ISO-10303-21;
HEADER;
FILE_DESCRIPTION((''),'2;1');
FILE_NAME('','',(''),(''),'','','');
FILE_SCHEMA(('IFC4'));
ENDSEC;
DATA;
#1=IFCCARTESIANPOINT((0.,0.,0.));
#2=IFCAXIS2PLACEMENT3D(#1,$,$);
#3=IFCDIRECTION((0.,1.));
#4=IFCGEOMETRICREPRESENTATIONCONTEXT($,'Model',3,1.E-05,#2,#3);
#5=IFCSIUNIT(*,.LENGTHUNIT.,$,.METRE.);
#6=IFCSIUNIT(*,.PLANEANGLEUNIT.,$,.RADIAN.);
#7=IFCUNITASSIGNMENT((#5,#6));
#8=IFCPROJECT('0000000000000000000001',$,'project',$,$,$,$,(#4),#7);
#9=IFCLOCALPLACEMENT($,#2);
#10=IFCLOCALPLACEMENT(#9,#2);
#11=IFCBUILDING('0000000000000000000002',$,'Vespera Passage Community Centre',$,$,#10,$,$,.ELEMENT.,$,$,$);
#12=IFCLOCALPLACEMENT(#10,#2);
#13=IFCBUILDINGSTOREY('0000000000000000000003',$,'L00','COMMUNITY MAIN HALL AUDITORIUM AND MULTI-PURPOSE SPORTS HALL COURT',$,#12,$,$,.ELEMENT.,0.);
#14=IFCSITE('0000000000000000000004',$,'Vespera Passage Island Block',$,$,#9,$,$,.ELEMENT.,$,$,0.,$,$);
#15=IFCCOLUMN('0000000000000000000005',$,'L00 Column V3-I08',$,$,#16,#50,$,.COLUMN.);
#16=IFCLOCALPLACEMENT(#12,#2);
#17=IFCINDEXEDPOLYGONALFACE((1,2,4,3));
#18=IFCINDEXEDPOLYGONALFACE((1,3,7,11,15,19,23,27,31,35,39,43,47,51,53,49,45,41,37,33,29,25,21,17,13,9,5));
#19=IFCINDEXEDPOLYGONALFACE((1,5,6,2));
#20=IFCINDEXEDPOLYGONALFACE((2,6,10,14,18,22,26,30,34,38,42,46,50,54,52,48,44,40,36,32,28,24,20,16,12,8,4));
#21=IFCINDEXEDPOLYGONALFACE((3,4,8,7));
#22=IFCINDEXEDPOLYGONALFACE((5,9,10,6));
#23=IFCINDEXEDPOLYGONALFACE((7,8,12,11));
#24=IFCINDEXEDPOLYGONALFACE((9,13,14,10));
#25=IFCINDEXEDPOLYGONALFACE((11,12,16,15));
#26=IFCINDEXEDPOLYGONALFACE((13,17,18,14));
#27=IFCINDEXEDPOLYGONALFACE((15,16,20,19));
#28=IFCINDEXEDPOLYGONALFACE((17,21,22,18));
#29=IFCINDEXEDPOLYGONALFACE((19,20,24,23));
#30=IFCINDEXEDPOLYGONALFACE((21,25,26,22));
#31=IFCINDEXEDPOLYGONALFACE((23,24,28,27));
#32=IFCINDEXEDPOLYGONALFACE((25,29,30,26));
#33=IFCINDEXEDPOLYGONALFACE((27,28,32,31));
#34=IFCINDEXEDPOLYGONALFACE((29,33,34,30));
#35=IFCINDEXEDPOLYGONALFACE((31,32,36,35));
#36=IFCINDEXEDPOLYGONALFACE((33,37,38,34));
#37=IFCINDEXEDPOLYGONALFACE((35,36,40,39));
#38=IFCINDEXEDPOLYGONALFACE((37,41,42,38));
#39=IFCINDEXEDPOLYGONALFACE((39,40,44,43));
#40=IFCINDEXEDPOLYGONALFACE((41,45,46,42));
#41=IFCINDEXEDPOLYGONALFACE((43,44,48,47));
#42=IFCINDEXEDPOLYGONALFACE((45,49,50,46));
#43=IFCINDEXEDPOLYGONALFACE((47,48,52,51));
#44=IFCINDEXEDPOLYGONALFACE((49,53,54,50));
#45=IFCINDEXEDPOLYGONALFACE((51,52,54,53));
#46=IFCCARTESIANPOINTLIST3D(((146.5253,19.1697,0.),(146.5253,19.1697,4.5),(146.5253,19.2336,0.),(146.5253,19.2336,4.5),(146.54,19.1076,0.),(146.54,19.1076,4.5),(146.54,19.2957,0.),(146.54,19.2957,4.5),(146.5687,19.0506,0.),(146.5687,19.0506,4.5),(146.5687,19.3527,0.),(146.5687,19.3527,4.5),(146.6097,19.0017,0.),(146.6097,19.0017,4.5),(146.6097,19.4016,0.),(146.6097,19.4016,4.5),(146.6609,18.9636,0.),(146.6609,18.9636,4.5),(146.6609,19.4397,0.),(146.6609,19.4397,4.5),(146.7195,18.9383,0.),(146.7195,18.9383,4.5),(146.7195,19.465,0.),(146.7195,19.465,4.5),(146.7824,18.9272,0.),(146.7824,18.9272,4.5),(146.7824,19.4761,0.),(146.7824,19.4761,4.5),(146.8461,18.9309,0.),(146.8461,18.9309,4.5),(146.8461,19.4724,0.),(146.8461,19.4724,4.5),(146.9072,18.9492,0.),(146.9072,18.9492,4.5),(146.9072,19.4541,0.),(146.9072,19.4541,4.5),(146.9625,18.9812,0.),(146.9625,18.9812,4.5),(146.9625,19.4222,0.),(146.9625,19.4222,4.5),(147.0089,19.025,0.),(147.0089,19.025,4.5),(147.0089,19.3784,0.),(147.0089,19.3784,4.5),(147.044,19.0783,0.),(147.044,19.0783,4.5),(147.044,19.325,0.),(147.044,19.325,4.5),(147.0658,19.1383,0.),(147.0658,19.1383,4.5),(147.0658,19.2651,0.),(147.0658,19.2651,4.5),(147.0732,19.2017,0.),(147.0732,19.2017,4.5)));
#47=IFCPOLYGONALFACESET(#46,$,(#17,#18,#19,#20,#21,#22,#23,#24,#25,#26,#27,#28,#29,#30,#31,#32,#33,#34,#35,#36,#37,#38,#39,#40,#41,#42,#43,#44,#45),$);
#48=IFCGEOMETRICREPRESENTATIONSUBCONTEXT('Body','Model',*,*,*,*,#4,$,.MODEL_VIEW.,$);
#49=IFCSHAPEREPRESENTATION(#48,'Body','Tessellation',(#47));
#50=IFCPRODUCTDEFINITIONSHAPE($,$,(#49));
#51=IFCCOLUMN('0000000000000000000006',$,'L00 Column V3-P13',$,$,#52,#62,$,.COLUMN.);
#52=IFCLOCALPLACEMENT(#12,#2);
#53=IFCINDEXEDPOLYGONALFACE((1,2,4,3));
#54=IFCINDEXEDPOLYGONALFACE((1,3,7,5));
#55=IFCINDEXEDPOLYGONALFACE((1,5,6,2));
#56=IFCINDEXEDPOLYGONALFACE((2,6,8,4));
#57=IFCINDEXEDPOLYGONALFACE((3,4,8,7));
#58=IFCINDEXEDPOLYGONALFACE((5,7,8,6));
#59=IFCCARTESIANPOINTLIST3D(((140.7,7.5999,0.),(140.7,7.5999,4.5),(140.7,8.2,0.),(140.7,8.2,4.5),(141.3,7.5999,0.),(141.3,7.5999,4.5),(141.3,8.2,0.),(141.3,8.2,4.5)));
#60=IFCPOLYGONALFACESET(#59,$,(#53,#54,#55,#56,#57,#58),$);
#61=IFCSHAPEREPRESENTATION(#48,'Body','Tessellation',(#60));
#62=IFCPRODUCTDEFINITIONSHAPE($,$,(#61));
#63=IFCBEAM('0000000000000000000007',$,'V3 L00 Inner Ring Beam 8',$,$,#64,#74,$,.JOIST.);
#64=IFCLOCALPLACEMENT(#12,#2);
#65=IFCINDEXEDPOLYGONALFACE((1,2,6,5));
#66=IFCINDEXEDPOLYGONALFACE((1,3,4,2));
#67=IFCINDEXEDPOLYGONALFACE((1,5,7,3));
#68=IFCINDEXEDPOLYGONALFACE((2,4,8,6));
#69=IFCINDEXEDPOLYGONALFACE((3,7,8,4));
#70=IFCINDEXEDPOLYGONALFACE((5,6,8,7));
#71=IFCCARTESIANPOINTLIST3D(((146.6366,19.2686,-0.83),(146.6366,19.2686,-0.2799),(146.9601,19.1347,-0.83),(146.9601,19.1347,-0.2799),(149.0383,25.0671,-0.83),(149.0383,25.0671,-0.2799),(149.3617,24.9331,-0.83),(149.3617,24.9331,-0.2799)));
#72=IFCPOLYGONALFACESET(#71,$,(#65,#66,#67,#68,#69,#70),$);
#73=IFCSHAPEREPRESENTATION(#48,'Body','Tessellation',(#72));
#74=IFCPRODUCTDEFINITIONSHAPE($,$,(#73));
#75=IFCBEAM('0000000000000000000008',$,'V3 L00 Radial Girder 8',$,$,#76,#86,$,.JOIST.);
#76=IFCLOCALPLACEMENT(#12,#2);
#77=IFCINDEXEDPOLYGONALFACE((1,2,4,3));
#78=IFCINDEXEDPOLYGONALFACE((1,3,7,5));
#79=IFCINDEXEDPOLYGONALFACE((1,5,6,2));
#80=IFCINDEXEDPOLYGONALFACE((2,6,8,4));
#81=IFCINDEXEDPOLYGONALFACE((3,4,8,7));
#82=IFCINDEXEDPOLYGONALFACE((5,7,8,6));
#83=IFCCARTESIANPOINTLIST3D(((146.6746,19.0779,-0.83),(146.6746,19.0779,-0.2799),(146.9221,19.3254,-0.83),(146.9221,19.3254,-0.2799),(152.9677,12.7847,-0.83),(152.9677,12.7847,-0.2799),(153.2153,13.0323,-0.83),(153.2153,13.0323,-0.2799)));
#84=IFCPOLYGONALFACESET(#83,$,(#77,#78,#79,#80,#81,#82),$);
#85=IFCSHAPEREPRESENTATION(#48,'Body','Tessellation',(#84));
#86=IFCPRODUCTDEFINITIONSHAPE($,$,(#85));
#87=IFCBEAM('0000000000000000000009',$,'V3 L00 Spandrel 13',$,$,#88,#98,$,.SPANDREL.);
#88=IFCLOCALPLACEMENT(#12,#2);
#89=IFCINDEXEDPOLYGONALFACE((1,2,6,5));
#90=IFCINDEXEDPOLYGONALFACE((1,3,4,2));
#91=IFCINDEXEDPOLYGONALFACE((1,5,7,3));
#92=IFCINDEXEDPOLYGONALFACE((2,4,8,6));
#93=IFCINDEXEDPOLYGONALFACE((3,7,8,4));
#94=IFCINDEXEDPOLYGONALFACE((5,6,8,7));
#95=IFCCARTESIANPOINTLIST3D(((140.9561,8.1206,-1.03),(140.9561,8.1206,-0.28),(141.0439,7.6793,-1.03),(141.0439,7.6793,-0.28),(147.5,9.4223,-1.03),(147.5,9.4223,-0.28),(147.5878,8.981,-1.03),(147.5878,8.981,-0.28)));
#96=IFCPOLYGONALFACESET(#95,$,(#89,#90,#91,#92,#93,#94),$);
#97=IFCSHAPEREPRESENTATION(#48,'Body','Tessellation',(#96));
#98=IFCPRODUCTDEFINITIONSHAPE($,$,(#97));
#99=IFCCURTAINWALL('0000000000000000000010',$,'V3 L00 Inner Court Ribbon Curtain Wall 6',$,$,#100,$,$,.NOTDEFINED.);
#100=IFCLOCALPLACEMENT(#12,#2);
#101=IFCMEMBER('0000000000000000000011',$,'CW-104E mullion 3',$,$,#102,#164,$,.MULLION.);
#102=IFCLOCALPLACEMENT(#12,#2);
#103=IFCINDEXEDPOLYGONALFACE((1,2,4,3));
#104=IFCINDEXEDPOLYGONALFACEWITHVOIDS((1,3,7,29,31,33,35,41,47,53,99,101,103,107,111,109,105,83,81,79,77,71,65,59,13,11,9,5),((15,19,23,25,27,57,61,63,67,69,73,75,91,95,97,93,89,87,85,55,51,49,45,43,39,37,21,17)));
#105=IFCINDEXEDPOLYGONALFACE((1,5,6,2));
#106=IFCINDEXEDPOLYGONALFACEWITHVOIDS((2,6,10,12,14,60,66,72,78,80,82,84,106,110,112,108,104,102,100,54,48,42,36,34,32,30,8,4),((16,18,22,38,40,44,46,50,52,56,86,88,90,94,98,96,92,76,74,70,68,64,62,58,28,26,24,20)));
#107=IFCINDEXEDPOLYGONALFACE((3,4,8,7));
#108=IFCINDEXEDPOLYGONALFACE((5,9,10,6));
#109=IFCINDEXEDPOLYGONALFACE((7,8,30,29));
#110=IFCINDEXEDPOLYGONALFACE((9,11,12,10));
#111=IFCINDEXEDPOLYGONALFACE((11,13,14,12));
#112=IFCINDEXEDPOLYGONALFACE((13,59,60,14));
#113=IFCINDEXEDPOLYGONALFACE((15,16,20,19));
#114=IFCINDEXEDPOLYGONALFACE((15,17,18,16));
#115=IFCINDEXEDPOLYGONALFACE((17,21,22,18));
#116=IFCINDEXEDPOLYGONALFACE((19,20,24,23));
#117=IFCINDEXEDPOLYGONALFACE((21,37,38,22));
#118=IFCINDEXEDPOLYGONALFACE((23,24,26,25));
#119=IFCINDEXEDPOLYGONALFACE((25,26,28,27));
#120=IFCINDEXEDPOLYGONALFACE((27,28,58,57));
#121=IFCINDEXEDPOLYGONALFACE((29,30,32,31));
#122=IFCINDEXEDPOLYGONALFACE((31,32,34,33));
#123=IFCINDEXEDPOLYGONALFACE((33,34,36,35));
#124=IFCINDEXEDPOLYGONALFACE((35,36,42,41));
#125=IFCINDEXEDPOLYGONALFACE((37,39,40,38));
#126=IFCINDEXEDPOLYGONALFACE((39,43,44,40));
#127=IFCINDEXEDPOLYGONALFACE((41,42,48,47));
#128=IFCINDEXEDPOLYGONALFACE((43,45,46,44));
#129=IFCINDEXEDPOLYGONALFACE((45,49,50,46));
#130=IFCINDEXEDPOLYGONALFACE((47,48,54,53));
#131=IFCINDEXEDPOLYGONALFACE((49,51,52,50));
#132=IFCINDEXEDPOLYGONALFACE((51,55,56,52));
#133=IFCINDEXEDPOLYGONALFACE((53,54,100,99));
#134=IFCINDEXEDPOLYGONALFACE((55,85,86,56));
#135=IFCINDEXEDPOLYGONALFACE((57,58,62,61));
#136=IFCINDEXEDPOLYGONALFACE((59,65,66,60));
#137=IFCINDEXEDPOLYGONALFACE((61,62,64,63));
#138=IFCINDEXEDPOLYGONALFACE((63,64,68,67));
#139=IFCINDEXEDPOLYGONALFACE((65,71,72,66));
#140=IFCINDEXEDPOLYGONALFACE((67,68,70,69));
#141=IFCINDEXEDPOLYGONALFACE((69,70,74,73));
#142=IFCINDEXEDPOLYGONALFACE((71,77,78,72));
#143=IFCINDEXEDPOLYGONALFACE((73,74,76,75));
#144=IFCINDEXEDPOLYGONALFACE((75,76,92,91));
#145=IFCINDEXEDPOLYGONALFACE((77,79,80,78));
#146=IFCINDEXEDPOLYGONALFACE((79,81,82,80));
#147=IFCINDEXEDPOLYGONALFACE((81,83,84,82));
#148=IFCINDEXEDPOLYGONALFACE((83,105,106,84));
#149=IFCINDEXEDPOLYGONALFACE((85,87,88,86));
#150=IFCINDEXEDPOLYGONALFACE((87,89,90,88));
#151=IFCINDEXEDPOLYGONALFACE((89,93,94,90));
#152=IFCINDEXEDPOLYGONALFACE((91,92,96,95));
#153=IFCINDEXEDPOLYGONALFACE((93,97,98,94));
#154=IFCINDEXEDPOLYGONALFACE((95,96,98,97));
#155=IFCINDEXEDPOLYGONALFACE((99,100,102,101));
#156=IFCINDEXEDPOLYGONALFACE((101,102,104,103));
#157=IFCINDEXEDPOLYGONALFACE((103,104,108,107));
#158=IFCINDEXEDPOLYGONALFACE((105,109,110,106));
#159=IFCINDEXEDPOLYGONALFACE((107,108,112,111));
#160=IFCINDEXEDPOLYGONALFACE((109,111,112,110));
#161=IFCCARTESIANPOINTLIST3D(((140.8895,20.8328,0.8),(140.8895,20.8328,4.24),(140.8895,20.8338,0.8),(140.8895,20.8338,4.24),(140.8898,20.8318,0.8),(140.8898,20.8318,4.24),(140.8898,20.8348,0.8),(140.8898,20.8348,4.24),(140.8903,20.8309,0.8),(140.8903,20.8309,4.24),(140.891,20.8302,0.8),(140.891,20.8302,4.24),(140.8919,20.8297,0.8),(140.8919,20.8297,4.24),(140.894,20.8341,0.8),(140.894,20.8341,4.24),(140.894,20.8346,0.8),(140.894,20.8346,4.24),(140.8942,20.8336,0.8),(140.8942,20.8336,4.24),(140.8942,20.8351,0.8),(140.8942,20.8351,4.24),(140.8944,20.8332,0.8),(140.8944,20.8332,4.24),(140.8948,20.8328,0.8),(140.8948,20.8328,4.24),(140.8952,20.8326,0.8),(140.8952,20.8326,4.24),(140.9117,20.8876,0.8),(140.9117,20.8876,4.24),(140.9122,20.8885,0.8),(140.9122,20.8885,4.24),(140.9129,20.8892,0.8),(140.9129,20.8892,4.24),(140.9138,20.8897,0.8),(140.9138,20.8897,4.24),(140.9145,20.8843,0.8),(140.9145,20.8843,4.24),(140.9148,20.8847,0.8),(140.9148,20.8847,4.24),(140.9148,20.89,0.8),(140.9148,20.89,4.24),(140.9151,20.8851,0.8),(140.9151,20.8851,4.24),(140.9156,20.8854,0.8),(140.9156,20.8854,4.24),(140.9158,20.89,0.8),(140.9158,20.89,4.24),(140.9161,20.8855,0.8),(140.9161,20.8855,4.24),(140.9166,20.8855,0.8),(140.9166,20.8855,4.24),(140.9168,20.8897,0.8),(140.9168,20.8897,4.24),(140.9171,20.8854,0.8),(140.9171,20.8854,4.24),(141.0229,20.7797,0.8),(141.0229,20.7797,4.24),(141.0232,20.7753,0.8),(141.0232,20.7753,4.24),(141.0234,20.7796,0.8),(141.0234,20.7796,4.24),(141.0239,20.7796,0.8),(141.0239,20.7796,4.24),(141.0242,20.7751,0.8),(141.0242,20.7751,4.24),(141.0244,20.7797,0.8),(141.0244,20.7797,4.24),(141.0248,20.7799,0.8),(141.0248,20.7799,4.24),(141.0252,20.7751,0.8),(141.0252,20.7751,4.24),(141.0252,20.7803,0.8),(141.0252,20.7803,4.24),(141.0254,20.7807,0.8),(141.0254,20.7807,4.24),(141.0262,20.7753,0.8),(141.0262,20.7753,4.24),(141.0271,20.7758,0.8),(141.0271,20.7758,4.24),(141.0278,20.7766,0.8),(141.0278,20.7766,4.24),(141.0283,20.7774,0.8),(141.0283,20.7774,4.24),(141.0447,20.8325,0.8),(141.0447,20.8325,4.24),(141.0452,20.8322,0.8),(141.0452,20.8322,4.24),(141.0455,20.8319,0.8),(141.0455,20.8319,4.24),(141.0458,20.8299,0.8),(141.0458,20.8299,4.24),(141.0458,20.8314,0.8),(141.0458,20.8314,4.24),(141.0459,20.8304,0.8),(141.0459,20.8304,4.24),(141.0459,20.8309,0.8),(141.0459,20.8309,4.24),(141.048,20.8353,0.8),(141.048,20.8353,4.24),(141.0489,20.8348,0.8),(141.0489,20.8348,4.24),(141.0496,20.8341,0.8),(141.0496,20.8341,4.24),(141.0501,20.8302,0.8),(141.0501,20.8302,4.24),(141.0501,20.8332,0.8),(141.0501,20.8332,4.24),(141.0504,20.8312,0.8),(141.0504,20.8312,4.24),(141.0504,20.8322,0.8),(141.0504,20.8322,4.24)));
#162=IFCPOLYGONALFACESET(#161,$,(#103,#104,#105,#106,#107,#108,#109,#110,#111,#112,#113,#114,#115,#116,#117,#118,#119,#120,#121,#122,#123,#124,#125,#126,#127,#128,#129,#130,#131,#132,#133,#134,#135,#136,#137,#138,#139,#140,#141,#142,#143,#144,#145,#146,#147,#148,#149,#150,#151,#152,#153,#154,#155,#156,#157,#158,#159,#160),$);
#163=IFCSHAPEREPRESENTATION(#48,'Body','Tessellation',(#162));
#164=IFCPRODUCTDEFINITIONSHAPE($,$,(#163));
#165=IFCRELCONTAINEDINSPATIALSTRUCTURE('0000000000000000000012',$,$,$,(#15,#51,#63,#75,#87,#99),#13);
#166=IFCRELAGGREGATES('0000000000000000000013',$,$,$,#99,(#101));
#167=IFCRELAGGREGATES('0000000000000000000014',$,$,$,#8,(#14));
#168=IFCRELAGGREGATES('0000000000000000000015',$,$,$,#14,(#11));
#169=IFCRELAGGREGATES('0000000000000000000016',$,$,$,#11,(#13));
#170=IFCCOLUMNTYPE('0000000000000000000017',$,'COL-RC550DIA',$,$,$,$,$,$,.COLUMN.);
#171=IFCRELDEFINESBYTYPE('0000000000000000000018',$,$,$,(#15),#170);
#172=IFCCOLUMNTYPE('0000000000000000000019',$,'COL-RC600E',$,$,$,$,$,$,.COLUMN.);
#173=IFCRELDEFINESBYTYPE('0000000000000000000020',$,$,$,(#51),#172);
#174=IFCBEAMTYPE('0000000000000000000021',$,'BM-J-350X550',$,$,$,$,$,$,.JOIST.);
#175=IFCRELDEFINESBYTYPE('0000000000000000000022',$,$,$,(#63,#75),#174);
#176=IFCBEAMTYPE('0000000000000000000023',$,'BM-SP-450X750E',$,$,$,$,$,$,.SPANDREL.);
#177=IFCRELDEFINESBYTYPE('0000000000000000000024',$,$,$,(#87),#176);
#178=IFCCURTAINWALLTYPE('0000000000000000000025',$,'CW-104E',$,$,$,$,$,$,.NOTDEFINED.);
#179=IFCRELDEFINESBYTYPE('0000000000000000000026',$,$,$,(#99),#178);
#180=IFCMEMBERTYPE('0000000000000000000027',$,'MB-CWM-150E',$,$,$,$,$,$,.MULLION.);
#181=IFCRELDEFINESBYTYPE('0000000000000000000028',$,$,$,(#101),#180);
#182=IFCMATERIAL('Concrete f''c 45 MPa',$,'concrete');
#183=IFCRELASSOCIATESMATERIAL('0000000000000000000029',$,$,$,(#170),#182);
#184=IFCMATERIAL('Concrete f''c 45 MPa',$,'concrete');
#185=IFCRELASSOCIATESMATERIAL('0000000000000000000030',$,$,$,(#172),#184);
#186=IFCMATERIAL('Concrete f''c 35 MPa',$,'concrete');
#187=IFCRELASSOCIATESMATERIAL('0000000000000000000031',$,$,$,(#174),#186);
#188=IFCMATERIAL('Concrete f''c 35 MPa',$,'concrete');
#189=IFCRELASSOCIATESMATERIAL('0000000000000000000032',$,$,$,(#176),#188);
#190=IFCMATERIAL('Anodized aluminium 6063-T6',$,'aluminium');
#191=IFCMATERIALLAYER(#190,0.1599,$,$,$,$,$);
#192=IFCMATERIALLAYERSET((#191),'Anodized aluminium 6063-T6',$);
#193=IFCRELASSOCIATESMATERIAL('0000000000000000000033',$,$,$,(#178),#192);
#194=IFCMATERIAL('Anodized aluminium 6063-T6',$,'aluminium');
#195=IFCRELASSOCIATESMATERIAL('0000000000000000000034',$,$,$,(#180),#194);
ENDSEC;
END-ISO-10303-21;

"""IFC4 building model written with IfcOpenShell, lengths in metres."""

from ifc_helpers import new_model, si_unit, direction, frame, origin, origin_2d, place, context, subcontext, project, spatial, rectangle, hollow_rectangle, circle, extrude, material, layer, layer_set, material_profile, profile_set, type_object, element, aggregate, save


model = new_model("IFC4")

# Units and contexts
model_context = context("Model", 3, precision=1e-05, world=origin(), true_north=direction((0.0, 1.0)))
body_context = subcontext(model_context, "Body", "Model", "MODEL_VIEW")
ifc_project = project(units=[si_unit("LENGTHUNIT", "METRE"), si_unit("PLANEANGLEUNIT", "RADIAN")], contexts=[model_context])

# Site, building, storey
site_placement = place(None, origin())
site = spatial("IfcSite", under=ifc_project, at=site_placement, Name="Vespera Passage Island Block", CompositionType="ELEMENT", RefElevation=0.0)
building_placement = place(site_placement, origin())
building = spatial("IfcBuilding", under=site, at=building_placement, Name="Vespera Passage Community Centre", CompositionType="ELEMENT")
storey_placement = place(building_placement, origin())
storey = spatial("IfcBuildingStorey", under=building, at=storey_placement, Name="L00", Description="COMMUNITY MAIN HALL AUDITORIUM AND MULTI-PURPOSE SPORTS HALL COURT", CompositionType="ELEMENT", Elevation=0.0)

# Columns
ifc_material_1 = material(Name="Concrete f'c 45 MPa", Category="concrete")
ifc_material_profile_1 = material_profile(ifc_material_1, circle(Radius=0.2749, at=origin_2d()), Name="RC550DIA")
ifc_profile_set_1 = profile_set([ifc_material_profile_1], Name="Concrete f'c 45 MPa")
column_type_1 = type_object("IfcColumnType", Name="COL-RC550DIA", PredefinedType="COLUMN", material=ifc_profile_set_1)
column_1_placement = place(storey_placement, frame((146.7983, 19.2017, 0.0), z_axis=(0.0, 0.0, 1.0), x_axis=(1.0, 0.0, 0.0)))
element("IfcColumn", 1, at=column_1_placement, inside=storey, type_object=column_type_1, Name="L00 Column V3-I08", PredefinedType="COLUMN", context=body_context, shape_type="SweptSolid", body=[
    extrude(circle(Radius=0.2749, at=origin_2d()), origin(), (0.0, 0.0, 1.0), 4.5),
])
ifc_material_2 = material(Name="Concrete f'c 45 MPa", Category="concrete")
ifc_material_profile_2 = material_profile(ifc_material_2, rectangle(XDim=0.6001, YDim=0.6001, at=origin_2d()), Name="RC600X600")
ifc_profile_set_2 = profile_set([ifc_material_profile_2], Name="Concrete f'c 45 MPa")
column_type_2 = type_object("IfcColumnType", Name="COL-RC600E", PredefinedType="COLUMN", material=ifc_profile_set_2)
column_2_placement = place(storey_placement, frame((141.0, 7.8999, 0.0), z_axis=(0.0, 0.0, 1.0), x_axis=(1.0, 0.0, 0.0)))
element("IfcColumn", 2, at=column_2_placement, inside=storey, type_object=column_type_2, Name="L00 Column V3-P13", PredefinedType="COLUMN", context=body_context, shape_type="SweptSolid", body=[
    extrude(rectangle(XDim=0.6001, YDim=0.6001, at=origin_2d()), origin(), (0.0, 0.0, 1.0), 4.5),
])

# Beams
ifc_material_3 = material(Name="Concrete f'c 35 MPa", Category="concrete")
ifc_material_profile_3 = material_profile(ifc_material_3, rectangle(XDim=0.3501, YDim=0.55, at=origin_2d()), Name="RC350X550")
ifc_profile_set_3 = profile_set([ifc_material_profile_3], Name="Concrete f'c 35 MPa")
beam_type_1 = type_object("IfcBeamType", Name="BM-J-350X550", PredefinedType="JOIST", material=ifc_profile_set_3)
beam_1_placement = place(storey_placement, frame((146.7983, 19.2017, -0.5549), z_axis=(0.382664, 0.923887, 0.0), x_axis=(-0.923887, 0.382664, 0.0)))
element("IfcBeam", 3, at=beam_1_placement, inside=storey, type_object=beam_type_1, Name="V3 L00 Inner Ring Beam 8", PredefinedType="JOIST", context=body_context, shape_type="SweptSolid", body=[
    extrude(rectangle(XDim=0.3501, YDim=0.55, at=origin_2d()), origin(), (0.0, 0.0, 1.0), 6.2761),
])
beam_2_placement = place(storey_placement, frame((146.7983, 19.2017, -0.5549), z_axis=(0.707107, -0.707107, 0.0), x_axis=(0.707107, 0.707107, 0.0)))
element("IfcBeam", 4, at=beam_2_placement, inside=storey, type_object=beam_type_1, Name="V3 L00 Radial Girder 8", PredefinedType="JOIST", context=body_context, shape_type="SweptSolid", body=[
    extrude(rectangle(XDim=0.3501, YDim=0.55, at=origin_2d()), origin(), (0.0, 0.0, 1.0), 8.8999),
])
ifc_material_4 = material(Name="Concrete f'c 35 MPa", Category="concrete")
ifc_material_profile_4 = material_profile(ifc_material_4, rectangle(XDim=0.45, YDim=0.75, at=origin_2d()), Name="RC450X750")
ifc_profile_set_4 = profile_set([ifc_material_profile_4], Name="Concrete f'c 35 MPa")
beam_type_2 = type_object("IfcBeamType", Name="BM-SP-450X750E", PredefinedType="SPANDREL", material=ifc_profile_set_4)
beam_3_placement = place(storey_placement, frame((141.0, 7.8999, -0.655), z_axis=(0.980783, 0.195103, 0.0), x_axis=(-0.195103, 0.980783, 0.0)))
element("IfcBeam", 5, at=beam_3_placement, inside=storey, type_object=beam_type_2, Name="V3 L00 Spandrel 13", PredefinedType="SPANDREL", context=body_context, shape_type="SweptSolid", body=[
    extrude(rectangle(XDim=0.45, YDim=0.75, at=origin_2d()), origin(), (0.0, 0.0, 1.0), 6.6721),
])

# Curtain wall, member
ifc_material_5 = material(Name="Anodized aluminium 6063-T6", Category="aluminium")
ifc_layer_1 = layer(ifc_material_5, 0.1599)
ifc_layer_set_1 = layer_set([ifc_layer_1], Name="Anodized aluminium 6063-T6")
curtain_wall_type = type_object("IfcCurtainWallType", Name="CW-104E", PredefinedType="NOTDEFINED", material=ifc_layer_set_1)
curtain_wall_1_placement = place(storey_placement, origin())
curtain_wall_1 = element("IfcCurtainWall", 6, at=curtain_wall_1_placement, inside=storey, type_object=curtain_wall_type, Name="V3 L00 Inner Court Ribbon Curtain Wall 6", PredefinedType="NOTDEFINED")
ifc_material_6 = material(Name="Anodized aluminium 6063-T6", Category="aluminium")
ifc_material_profile_5 = material_profile(ifc_material_6, hollow_rectangle(XDim=0.0649, YDim=0.1499, WallThickness=0.0039, InnerFilletRadius=0.002, OuterFilletRadius=0.0039, at=origin_2d()), Name="ALU150X65X4")
ifc_profile_set_5 = profile_set([ifc_material_profile_5], Name="Anodized aluminium 6063-T6")
member_type_1 = type_object("IfcMemberType", Name="MB-CWM-150E", PredefinedType="MULLION", material=ifc_profile_set_5)
member_1_placement = place(storey_placement, frame((140.97, 20.8325, 0.8), z_axis=(0.0, 0.0, 1.0), x_axis=(0.382686, 0.923879, 0.0)))
member_1 = element("IfcMember", 7, at=member_1_placement, type_object=member_type_1, Name="CW-104E mullion 3", PredefinedType="MULLION", context=body_context, shape_type="SweptSolid", body=[
    extrude(hollow_rectangle(XDim=0.0649, YDim=0.1499, WallThickness=0.0039, InnerFilletRadius=0.002, OuterFilletRadius=0.0039, at=origin_2d()), origin(), (0.0, 0.0, 1.0), 3.4399),
])
aggregate(curtain_wall_1, [member_1])

save(model, "model.ifc")
